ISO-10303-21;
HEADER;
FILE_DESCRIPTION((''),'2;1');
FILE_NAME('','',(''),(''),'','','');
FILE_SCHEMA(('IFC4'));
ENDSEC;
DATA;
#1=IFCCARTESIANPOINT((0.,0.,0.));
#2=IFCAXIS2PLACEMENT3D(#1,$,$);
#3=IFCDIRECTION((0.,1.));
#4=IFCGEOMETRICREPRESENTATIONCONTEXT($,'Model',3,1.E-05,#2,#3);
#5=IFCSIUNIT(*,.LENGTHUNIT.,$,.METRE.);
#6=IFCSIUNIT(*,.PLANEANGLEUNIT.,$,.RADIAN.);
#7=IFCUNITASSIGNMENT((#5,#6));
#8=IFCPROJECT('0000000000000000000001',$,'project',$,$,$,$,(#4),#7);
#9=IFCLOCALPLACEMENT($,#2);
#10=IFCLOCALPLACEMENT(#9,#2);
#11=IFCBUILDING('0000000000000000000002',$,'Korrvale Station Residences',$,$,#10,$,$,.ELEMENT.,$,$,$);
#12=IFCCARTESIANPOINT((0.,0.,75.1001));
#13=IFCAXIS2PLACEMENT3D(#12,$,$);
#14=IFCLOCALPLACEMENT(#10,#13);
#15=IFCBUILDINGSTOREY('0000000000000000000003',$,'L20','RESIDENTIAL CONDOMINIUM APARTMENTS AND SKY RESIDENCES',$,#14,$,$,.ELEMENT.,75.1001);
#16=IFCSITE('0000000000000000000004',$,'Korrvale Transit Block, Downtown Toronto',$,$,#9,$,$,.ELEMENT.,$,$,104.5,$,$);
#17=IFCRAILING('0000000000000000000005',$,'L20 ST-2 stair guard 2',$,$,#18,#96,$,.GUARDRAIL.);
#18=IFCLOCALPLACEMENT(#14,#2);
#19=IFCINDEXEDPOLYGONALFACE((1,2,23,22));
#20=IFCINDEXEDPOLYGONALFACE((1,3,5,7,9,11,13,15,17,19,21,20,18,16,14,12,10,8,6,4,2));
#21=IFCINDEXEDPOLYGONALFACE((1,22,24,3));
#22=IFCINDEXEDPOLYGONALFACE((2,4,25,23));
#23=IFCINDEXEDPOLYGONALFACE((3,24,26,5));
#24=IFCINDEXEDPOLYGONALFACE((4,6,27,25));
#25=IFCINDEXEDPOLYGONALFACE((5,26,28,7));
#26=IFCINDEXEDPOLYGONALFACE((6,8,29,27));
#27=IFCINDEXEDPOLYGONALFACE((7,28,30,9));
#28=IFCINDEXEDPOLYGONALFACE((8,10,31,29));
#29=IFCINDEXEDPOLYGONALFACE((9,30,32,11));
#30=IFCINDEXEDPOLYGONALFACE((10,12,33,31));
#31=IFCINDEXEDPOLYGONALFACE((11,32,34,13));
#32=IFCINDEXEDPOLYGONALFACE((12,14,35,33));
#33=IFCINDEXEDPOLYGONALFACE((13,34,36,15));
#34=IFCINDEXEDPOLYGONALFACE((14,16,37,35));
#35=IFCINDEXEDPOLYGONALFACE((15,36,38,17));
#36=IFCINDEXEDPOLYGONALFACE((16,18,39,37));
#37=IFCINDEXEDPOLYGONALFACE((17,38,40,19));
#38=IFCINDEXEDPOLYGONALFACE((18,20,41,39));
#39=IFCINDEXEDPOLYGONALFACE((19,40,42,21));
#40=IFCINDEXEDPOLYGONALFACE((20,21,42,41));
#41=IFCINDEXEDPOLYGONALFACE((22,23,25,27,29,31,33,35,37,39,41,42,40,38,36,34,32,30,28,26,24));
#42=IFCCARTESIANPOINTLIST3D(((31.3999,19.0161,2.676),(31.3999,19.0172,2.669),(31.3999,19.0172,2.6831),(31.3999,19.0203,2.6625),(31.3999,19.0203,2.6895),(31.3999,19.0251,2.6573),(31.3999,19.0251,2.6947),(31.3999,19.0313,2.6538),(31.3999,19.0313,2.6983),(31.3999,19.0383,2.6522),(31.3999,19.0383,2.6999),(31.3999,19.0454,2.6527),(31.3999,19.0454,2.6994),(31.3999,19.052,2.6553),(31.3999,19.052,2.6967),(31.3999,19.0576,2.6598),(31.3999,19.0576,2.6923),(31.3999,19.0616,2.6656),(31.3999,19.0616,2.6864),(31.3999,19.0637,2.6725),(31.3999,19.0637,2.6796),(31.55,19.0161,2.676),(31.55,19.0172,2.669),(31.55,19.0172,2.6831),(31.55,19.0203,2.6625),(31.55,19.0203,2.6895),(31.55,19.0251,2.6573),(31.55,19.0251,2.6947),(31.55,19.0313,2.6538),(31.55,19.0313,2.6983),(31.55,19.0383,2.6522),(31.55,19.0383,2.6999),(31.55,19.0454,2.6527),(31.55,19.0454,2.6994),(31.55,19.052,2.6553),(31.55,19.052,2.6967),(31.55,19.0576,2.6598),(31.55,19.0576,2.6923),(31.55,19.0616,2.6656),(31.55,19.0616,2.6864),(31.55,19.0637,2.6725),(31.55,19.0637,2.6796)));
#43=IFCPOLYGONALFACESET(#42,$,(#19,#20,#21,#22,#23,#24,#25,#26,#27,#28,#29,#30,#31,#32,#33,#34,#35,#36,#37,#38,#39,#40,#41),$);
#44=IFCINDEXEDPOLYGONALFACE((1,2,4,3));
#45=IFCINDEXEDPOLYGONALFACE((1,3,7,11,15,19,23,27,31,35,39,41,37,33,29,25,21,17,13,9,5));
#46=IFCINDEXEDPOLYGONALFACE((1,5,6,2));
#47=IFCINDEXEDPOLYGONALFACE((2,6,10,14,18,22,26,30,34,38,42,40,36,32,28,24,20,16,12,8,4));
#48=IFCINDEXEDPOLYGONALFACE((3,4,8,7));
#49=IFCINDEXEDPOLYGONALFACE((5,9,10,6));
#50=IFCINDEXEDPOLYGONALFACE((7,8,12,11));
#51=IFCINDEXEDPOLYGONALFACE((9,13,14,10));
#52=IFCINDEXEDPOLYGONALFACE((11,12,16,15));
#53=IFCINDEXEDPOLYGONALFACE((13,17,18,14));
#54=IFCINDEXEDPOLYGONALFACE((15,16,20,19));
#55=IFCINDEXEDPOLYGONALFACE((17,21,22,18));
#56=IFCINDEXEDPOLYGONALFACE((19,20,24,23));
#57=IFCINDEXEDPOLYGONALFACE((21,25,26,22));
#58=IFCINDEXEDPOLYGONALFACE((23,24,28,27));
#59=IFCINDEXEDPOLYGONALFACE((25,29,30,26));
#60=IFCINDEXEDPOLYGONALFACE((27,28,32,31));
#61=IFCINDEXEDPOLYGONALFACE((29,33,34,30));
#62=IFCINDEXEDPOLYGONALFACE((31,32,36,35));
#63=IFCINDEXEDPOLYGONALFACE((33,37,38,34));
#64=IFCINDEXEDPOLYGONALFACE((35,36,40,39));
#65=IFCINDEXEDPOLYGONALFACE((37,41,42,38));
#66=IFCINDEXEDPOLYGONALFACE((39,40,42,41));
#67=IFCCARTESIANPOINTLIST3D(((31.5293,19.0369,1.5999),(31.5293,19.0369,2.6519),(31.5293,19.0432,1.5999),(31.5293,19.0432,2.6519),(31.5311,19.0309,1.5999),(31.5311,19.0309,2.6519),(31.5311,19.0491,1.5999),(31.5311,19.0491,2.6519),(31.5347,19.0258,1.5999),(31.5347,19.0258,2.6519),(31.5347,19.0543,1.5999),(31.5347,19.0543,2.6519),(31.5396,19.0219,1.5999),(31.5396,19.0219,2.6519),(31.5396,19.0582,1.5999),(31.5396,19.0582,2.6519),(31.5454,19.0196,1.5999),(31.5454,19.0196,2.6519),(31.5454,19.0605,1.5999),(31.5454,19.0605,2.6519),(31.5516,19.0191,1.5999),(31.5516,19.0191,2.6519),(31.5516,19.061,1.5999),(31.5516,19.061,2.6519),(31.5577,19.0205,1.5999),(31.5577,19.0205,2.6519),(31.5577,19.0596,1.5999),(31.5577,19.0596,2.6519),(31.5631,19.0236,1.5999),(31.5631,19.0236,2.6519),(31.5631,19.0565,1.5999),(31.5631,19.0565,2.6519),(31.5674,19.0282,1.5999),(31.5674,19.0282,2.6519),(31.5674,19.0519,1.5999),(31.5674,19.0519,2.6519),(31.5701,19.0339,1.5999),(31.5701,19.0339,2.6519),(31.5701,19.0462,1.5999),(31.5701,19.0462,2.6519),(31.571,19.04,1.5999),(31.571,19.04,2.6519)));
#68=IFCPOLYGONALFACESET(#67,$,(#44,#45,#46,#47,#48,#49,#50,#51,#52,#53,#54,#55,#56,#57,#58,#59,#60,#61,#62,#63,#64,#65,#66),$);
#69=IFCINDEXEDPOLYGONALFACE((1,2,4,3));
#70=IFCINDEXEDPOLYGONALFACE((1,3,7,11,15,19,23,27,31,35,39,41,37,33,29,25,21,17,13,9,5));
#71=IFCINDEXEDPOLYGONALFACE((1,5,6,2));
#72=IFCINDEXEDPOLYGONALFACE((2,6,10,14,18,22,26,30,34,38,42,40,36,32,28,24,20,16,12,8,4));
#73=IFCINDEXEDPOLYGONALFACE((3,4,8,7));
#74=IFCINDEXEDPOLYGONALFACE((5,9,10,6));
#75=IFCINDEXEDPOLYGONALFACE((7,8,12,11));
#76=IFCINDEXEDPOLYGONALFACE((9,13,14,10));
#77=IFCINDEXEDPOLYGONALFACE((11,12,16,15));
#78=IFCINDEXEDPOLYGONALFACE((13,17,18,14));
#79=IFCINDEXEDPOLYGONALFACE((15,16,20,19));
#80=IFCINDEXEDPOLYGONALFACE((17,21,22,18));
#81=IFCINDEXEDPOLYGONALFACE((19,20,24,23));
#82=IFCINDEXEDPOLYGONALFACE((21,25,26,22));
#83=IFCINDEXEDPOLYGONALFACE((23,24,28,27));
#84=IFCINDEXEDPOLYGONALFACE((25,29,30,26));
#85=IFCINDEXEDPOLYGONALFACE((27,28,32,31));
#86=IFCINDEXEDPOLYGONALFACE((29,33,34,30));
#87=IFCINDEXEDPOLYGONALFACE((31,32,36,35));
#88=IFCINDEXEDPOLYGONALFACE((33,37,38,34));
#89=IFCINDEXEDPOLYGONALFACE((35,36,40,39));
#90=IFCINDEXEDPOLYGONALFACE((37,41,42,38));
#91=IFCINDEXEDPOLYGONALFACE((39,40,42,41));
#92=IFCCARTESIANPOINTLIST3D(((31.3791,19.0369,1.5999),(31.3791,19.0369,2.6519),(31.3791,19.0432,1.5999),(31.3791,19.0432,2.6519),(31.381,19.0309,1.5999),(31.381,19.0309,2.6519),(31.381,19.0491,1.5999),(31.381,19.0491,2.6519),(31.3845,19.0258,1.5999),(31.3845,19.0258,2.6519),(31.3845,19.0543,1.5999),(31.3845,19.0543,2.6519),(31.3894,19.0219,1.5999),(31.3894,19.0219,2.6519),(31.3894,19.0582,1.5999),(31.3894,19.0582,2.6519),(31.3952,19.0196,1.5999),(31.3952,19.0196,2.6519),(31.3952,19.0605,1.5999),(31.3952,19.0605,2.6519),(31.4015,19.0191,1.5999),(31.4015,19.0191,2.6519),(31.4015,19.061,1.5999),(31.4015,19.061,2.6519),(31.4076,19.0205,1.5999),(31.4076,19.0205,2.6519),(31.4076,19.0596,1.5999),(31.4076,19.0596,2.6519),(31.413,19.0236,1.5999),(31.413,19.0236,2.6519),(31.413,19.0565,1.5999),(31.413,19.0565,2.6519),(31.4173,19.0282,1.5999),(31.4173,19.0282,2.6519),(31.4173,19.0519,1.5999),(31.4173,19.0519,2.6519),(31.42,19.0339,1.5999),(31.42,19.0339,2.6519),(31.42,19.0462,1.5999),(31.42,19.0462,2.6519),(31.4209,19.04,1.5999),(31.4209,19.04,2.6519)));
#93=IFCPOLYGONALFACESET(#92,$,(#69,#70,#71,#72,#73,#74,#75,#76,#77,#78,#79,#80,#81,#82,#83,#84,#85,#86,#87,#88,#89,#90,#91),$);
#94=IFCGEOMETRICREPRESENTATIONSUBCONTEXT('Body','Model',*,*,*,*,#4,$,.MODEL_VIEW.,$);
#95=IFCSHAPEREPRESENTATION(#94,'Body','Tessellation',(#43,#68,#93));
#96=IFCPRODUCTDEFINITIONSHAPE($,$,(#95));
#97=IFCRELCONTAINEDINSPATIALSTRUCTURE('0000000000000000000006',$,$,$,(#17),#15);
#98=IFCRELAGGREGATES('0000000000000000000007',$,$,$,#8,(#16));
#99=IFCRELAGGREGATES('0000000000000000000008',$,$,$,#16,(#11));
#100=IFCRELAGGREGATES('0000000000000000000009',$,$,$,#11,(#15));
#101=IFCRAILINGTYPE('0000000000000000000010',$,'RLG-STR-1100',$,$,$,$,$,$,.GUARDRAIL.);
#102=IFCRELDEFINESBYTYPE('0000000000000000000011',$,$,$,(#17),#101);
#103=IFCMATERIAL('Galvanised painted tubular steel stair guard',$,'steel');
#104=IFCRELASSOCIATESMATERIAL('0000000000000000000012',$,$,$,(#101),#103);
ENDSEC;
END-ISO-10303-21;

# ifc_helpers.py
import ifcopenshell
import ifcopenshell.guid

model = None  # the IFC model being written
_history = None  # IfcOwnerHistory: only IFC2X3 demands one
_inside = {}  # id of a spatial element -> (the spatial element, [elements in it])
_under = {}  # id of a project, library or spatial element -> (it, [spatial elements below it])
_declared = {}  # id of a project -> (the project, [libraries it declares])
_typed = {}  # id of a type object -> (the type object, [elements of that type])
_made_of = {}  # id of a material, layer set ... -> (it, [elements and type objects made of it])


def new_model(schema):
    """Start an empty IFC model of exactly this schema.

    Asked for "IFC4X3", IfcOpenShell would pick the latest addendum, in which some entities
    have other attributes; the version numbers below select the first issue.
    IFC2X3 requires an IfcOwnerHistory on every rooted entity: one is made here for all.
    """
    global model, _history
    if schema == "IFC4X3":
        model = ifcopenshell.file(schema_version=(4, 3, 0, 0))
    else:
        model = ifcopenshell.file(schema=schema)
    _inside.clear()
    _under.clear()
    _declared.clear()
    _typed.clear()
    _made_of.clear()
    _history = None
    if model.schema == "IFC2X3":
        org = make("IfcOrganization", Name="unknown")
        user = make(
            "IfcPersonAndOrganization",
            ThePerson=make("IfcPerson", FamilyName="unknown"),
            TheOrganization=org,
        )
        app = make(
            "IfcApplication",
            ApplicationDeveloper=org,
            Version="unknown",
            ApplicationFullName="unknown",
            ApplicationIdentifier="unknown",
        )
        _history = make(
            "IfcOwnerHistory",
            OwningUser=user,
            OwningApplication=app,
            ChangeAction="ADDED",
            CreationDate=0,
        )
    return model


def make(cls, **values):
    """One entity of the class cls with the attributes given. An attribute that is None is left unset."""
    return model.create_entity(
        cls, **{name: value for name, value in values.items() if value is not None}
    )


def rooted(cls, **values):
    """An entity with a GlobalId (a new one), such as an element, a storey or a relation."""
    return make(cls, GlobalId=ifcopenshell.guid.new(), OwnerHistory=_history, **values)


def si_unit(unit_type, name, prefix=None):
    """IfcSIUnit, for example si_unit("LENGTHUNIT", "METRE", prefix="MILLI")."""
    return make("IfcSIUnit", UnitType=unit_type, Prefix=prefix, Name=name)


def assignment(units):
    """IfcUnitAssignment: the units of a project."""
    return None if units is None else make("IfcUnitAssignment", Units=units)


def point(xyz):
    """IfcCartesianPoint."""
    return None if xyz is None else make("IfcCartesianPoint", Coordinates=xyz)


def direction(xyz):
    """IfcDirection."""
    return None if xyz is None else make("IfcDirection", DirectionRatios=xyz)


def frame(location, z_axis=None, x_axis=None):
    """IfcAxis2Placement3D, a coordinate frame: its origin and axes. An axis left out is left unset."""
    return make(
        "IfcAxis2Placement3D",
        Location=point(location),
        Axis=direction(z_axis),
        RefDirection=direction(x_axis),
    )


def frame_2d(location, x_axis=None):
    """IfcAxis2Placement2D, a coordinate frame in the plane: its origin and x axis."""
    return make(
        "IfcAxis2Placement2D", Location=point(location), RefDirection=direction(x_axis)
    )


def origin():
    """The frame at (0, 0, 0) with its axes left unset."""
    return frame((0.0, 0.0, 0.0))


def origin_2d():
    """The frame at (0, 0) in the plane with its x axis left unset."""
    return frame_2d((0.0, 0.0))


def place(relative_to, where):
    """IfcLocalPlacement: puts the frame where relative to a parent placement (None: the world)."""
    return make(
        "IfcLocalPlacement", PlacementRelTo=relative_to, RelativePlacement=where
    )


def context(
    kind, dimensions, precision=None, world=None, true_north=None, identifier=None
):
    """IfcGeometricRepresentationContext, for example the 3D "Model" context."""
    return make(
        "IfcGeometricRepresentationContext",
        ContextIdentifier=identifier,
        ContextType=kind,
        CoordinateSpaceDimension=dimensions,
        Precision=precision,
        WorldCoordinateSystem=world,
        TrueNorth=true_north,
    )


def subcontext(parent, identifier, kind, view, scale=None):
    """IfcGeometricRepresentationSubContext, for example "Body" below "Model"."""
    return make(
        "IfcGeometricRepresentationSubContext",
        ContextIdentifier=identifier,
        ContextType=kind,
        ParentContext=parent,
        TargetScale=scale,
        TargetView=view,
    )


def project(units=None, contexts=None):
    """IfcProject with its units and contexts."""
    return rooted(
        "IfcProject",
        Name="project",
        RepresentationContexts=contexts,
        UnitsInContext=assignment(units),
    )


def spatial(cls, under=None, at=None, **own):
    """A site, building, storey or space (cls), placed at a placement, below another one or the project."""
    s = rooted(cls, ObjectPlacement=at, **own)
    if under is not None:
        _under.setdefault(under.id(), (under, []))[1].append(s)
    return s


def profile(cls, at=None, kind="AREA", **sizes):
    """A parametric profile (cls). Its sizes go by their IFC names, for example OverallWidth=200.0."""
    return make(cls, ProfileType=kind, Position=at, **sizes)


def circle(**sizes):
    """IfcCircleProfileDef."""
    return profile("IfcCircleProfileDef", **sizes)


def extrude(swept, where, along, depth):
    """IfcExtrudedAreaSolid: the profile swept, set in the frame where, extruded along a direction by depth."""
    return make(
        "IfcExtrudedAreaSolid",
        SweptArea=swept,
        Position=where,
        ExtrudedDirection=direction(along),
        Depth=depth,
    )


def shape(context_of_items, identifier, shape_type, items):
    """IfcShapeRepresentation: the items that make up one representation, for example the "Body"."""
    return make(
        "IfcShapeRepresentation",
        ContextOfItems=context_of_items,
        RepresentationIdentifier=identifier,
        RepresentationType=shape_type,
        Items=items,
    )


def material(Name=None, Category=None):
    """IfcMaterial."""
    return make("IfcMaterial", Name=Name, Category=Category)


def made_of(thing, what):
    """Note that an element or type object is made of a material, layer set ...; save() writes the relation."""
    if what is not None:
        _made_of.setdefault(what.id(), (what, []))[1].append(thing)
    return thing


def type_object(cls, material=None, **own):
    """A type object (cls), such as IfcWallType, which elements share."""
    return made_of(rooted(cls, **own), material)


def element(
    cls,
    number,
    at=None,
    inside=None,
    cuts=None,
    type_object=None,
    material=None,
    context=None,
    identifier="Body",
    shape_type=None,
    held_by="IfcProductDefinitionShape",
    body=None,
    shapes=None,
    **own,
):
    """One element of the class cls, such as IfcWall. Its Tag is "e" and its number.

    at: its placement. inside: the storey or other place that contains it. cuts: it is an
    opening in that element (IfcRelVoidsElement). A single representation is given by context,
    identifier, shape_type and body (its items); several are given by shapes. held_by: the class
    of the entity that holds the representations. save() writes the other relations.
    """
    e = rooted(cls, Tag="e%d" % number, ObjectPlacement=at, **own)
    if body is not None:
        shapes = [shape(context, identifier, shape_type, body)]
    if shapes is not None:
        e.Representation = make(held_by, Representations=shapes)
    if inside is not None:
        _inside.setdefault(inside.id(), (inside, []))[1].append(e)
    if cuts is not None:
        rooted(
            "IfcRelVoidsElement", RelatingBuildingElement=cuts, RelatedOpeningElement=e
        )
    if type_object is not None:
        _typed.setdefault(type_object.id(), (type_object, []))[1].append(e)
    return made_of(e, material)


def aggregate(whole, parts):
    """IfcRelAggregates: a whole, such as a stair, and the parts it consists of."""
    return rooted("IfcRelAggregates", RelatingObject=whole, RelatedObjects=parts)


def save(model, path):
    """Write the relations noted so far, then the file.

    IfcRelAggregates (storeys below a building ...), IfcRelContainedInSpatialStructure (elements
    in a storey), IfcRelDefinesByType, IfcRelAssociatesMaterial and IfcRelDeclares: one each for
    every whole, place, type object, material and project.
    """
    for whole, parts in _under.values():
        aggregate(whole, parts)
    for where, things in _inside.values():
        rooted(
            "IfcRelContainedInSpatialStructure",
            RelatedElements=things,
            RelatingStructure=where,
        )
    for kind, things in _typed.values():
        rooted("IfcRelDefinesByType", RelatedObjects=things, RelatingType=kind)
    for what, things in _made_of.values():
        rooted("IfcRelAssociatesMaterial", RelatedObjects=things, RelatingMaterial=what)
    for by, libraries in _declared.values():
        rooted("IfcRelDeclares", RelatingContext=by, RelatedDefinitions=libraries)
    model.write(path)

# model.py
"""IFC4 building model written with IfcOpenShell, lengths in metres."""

from ifc_helpers import new_model, si_unit, direction, frame, origin, origin_2d, place, context, subcontext, project, spatial, circle, extrude, material, type_object, element, save


model = new_model("IFC4")

# Units and contexts
model_context = context("Model", 3, precision=1e-05, world=origin(), true_north=direction((0.0, 1.0)))
body_context = subcontext(model_context, "Body", "Model", "MODEL_VIEW")
ifc_project = project(units=[si_unit("LENGTHUNIT", "METRE"), si_unit("PLANEANGLEUNIT", "RADIAN")], contexts=[model_context])

# Site, building, storey
site_placement = place(None, origin())
site = spatial("IfcSite", under=ifc_project, at=site_placement, Name="Korrvale Transit Block, Downtown Toronto", CompositionType="ELEMENT", RefElevation=104.5)
building_placement = place(site_placement, origin())
building = spatial("IfcBuilding", under=site, at=building_placement, Name="Korrvale Station Residences", CompositionType="ELEMENT")
storey_placement = place(building_placement, frame((0.0, 0.0, 75.1001)))
storey = spatial("IfcBuildingStorey", under=building, at=storey_placement, Name="L20", Description="RESIDENTIAL CONDOMINIUM APARTMENTS AND SKY RESIDENCES", CompositionType="ELEMENT", Elevation=75.1001)

# Railing
ifc_material_1 = material(Name="Galvanised painted tubular steel stair guard", Category="steel")
railing_type_1 = type_object("IfcRailingType", Name="RLG-STR-1100", PredefinedType="GUARDRAIL", material=ifc_material_1)
railing_1_placement = place(storey_placement, frame((31.55, 19.04, 1.5999)))
element("IfcRailing", 1, at=railing_1_placement, inside=storey, type_object=railing_type_1, Name="L20 ST-2 stair guard 2", PredefinedType="GUARDRAIL", context=body_context, shape_type="SweptSolid", body=[
    extrude(circle(Radius=0.0239, at=origin_2d()), frame((0.0, 0.0, 1.0762), z_axis=(-1.0, 0.0, 0.0), x_axis=(0.0, -1.0, 0.0)), (0.0, 0.0, 1.0), 0.1501),
    extrude(circle(Radius=0.021, at=origin_2d()), origin(), (0.0, 0.0, 1.0), 1.052),
    extrude(circle(Radius=0.021, at=origin_2d()), frame((-0.1501, 0.0, 0.0)), (0.0, 0.0, 1.0), 1.052),
])

save(model, "model.ifc")
